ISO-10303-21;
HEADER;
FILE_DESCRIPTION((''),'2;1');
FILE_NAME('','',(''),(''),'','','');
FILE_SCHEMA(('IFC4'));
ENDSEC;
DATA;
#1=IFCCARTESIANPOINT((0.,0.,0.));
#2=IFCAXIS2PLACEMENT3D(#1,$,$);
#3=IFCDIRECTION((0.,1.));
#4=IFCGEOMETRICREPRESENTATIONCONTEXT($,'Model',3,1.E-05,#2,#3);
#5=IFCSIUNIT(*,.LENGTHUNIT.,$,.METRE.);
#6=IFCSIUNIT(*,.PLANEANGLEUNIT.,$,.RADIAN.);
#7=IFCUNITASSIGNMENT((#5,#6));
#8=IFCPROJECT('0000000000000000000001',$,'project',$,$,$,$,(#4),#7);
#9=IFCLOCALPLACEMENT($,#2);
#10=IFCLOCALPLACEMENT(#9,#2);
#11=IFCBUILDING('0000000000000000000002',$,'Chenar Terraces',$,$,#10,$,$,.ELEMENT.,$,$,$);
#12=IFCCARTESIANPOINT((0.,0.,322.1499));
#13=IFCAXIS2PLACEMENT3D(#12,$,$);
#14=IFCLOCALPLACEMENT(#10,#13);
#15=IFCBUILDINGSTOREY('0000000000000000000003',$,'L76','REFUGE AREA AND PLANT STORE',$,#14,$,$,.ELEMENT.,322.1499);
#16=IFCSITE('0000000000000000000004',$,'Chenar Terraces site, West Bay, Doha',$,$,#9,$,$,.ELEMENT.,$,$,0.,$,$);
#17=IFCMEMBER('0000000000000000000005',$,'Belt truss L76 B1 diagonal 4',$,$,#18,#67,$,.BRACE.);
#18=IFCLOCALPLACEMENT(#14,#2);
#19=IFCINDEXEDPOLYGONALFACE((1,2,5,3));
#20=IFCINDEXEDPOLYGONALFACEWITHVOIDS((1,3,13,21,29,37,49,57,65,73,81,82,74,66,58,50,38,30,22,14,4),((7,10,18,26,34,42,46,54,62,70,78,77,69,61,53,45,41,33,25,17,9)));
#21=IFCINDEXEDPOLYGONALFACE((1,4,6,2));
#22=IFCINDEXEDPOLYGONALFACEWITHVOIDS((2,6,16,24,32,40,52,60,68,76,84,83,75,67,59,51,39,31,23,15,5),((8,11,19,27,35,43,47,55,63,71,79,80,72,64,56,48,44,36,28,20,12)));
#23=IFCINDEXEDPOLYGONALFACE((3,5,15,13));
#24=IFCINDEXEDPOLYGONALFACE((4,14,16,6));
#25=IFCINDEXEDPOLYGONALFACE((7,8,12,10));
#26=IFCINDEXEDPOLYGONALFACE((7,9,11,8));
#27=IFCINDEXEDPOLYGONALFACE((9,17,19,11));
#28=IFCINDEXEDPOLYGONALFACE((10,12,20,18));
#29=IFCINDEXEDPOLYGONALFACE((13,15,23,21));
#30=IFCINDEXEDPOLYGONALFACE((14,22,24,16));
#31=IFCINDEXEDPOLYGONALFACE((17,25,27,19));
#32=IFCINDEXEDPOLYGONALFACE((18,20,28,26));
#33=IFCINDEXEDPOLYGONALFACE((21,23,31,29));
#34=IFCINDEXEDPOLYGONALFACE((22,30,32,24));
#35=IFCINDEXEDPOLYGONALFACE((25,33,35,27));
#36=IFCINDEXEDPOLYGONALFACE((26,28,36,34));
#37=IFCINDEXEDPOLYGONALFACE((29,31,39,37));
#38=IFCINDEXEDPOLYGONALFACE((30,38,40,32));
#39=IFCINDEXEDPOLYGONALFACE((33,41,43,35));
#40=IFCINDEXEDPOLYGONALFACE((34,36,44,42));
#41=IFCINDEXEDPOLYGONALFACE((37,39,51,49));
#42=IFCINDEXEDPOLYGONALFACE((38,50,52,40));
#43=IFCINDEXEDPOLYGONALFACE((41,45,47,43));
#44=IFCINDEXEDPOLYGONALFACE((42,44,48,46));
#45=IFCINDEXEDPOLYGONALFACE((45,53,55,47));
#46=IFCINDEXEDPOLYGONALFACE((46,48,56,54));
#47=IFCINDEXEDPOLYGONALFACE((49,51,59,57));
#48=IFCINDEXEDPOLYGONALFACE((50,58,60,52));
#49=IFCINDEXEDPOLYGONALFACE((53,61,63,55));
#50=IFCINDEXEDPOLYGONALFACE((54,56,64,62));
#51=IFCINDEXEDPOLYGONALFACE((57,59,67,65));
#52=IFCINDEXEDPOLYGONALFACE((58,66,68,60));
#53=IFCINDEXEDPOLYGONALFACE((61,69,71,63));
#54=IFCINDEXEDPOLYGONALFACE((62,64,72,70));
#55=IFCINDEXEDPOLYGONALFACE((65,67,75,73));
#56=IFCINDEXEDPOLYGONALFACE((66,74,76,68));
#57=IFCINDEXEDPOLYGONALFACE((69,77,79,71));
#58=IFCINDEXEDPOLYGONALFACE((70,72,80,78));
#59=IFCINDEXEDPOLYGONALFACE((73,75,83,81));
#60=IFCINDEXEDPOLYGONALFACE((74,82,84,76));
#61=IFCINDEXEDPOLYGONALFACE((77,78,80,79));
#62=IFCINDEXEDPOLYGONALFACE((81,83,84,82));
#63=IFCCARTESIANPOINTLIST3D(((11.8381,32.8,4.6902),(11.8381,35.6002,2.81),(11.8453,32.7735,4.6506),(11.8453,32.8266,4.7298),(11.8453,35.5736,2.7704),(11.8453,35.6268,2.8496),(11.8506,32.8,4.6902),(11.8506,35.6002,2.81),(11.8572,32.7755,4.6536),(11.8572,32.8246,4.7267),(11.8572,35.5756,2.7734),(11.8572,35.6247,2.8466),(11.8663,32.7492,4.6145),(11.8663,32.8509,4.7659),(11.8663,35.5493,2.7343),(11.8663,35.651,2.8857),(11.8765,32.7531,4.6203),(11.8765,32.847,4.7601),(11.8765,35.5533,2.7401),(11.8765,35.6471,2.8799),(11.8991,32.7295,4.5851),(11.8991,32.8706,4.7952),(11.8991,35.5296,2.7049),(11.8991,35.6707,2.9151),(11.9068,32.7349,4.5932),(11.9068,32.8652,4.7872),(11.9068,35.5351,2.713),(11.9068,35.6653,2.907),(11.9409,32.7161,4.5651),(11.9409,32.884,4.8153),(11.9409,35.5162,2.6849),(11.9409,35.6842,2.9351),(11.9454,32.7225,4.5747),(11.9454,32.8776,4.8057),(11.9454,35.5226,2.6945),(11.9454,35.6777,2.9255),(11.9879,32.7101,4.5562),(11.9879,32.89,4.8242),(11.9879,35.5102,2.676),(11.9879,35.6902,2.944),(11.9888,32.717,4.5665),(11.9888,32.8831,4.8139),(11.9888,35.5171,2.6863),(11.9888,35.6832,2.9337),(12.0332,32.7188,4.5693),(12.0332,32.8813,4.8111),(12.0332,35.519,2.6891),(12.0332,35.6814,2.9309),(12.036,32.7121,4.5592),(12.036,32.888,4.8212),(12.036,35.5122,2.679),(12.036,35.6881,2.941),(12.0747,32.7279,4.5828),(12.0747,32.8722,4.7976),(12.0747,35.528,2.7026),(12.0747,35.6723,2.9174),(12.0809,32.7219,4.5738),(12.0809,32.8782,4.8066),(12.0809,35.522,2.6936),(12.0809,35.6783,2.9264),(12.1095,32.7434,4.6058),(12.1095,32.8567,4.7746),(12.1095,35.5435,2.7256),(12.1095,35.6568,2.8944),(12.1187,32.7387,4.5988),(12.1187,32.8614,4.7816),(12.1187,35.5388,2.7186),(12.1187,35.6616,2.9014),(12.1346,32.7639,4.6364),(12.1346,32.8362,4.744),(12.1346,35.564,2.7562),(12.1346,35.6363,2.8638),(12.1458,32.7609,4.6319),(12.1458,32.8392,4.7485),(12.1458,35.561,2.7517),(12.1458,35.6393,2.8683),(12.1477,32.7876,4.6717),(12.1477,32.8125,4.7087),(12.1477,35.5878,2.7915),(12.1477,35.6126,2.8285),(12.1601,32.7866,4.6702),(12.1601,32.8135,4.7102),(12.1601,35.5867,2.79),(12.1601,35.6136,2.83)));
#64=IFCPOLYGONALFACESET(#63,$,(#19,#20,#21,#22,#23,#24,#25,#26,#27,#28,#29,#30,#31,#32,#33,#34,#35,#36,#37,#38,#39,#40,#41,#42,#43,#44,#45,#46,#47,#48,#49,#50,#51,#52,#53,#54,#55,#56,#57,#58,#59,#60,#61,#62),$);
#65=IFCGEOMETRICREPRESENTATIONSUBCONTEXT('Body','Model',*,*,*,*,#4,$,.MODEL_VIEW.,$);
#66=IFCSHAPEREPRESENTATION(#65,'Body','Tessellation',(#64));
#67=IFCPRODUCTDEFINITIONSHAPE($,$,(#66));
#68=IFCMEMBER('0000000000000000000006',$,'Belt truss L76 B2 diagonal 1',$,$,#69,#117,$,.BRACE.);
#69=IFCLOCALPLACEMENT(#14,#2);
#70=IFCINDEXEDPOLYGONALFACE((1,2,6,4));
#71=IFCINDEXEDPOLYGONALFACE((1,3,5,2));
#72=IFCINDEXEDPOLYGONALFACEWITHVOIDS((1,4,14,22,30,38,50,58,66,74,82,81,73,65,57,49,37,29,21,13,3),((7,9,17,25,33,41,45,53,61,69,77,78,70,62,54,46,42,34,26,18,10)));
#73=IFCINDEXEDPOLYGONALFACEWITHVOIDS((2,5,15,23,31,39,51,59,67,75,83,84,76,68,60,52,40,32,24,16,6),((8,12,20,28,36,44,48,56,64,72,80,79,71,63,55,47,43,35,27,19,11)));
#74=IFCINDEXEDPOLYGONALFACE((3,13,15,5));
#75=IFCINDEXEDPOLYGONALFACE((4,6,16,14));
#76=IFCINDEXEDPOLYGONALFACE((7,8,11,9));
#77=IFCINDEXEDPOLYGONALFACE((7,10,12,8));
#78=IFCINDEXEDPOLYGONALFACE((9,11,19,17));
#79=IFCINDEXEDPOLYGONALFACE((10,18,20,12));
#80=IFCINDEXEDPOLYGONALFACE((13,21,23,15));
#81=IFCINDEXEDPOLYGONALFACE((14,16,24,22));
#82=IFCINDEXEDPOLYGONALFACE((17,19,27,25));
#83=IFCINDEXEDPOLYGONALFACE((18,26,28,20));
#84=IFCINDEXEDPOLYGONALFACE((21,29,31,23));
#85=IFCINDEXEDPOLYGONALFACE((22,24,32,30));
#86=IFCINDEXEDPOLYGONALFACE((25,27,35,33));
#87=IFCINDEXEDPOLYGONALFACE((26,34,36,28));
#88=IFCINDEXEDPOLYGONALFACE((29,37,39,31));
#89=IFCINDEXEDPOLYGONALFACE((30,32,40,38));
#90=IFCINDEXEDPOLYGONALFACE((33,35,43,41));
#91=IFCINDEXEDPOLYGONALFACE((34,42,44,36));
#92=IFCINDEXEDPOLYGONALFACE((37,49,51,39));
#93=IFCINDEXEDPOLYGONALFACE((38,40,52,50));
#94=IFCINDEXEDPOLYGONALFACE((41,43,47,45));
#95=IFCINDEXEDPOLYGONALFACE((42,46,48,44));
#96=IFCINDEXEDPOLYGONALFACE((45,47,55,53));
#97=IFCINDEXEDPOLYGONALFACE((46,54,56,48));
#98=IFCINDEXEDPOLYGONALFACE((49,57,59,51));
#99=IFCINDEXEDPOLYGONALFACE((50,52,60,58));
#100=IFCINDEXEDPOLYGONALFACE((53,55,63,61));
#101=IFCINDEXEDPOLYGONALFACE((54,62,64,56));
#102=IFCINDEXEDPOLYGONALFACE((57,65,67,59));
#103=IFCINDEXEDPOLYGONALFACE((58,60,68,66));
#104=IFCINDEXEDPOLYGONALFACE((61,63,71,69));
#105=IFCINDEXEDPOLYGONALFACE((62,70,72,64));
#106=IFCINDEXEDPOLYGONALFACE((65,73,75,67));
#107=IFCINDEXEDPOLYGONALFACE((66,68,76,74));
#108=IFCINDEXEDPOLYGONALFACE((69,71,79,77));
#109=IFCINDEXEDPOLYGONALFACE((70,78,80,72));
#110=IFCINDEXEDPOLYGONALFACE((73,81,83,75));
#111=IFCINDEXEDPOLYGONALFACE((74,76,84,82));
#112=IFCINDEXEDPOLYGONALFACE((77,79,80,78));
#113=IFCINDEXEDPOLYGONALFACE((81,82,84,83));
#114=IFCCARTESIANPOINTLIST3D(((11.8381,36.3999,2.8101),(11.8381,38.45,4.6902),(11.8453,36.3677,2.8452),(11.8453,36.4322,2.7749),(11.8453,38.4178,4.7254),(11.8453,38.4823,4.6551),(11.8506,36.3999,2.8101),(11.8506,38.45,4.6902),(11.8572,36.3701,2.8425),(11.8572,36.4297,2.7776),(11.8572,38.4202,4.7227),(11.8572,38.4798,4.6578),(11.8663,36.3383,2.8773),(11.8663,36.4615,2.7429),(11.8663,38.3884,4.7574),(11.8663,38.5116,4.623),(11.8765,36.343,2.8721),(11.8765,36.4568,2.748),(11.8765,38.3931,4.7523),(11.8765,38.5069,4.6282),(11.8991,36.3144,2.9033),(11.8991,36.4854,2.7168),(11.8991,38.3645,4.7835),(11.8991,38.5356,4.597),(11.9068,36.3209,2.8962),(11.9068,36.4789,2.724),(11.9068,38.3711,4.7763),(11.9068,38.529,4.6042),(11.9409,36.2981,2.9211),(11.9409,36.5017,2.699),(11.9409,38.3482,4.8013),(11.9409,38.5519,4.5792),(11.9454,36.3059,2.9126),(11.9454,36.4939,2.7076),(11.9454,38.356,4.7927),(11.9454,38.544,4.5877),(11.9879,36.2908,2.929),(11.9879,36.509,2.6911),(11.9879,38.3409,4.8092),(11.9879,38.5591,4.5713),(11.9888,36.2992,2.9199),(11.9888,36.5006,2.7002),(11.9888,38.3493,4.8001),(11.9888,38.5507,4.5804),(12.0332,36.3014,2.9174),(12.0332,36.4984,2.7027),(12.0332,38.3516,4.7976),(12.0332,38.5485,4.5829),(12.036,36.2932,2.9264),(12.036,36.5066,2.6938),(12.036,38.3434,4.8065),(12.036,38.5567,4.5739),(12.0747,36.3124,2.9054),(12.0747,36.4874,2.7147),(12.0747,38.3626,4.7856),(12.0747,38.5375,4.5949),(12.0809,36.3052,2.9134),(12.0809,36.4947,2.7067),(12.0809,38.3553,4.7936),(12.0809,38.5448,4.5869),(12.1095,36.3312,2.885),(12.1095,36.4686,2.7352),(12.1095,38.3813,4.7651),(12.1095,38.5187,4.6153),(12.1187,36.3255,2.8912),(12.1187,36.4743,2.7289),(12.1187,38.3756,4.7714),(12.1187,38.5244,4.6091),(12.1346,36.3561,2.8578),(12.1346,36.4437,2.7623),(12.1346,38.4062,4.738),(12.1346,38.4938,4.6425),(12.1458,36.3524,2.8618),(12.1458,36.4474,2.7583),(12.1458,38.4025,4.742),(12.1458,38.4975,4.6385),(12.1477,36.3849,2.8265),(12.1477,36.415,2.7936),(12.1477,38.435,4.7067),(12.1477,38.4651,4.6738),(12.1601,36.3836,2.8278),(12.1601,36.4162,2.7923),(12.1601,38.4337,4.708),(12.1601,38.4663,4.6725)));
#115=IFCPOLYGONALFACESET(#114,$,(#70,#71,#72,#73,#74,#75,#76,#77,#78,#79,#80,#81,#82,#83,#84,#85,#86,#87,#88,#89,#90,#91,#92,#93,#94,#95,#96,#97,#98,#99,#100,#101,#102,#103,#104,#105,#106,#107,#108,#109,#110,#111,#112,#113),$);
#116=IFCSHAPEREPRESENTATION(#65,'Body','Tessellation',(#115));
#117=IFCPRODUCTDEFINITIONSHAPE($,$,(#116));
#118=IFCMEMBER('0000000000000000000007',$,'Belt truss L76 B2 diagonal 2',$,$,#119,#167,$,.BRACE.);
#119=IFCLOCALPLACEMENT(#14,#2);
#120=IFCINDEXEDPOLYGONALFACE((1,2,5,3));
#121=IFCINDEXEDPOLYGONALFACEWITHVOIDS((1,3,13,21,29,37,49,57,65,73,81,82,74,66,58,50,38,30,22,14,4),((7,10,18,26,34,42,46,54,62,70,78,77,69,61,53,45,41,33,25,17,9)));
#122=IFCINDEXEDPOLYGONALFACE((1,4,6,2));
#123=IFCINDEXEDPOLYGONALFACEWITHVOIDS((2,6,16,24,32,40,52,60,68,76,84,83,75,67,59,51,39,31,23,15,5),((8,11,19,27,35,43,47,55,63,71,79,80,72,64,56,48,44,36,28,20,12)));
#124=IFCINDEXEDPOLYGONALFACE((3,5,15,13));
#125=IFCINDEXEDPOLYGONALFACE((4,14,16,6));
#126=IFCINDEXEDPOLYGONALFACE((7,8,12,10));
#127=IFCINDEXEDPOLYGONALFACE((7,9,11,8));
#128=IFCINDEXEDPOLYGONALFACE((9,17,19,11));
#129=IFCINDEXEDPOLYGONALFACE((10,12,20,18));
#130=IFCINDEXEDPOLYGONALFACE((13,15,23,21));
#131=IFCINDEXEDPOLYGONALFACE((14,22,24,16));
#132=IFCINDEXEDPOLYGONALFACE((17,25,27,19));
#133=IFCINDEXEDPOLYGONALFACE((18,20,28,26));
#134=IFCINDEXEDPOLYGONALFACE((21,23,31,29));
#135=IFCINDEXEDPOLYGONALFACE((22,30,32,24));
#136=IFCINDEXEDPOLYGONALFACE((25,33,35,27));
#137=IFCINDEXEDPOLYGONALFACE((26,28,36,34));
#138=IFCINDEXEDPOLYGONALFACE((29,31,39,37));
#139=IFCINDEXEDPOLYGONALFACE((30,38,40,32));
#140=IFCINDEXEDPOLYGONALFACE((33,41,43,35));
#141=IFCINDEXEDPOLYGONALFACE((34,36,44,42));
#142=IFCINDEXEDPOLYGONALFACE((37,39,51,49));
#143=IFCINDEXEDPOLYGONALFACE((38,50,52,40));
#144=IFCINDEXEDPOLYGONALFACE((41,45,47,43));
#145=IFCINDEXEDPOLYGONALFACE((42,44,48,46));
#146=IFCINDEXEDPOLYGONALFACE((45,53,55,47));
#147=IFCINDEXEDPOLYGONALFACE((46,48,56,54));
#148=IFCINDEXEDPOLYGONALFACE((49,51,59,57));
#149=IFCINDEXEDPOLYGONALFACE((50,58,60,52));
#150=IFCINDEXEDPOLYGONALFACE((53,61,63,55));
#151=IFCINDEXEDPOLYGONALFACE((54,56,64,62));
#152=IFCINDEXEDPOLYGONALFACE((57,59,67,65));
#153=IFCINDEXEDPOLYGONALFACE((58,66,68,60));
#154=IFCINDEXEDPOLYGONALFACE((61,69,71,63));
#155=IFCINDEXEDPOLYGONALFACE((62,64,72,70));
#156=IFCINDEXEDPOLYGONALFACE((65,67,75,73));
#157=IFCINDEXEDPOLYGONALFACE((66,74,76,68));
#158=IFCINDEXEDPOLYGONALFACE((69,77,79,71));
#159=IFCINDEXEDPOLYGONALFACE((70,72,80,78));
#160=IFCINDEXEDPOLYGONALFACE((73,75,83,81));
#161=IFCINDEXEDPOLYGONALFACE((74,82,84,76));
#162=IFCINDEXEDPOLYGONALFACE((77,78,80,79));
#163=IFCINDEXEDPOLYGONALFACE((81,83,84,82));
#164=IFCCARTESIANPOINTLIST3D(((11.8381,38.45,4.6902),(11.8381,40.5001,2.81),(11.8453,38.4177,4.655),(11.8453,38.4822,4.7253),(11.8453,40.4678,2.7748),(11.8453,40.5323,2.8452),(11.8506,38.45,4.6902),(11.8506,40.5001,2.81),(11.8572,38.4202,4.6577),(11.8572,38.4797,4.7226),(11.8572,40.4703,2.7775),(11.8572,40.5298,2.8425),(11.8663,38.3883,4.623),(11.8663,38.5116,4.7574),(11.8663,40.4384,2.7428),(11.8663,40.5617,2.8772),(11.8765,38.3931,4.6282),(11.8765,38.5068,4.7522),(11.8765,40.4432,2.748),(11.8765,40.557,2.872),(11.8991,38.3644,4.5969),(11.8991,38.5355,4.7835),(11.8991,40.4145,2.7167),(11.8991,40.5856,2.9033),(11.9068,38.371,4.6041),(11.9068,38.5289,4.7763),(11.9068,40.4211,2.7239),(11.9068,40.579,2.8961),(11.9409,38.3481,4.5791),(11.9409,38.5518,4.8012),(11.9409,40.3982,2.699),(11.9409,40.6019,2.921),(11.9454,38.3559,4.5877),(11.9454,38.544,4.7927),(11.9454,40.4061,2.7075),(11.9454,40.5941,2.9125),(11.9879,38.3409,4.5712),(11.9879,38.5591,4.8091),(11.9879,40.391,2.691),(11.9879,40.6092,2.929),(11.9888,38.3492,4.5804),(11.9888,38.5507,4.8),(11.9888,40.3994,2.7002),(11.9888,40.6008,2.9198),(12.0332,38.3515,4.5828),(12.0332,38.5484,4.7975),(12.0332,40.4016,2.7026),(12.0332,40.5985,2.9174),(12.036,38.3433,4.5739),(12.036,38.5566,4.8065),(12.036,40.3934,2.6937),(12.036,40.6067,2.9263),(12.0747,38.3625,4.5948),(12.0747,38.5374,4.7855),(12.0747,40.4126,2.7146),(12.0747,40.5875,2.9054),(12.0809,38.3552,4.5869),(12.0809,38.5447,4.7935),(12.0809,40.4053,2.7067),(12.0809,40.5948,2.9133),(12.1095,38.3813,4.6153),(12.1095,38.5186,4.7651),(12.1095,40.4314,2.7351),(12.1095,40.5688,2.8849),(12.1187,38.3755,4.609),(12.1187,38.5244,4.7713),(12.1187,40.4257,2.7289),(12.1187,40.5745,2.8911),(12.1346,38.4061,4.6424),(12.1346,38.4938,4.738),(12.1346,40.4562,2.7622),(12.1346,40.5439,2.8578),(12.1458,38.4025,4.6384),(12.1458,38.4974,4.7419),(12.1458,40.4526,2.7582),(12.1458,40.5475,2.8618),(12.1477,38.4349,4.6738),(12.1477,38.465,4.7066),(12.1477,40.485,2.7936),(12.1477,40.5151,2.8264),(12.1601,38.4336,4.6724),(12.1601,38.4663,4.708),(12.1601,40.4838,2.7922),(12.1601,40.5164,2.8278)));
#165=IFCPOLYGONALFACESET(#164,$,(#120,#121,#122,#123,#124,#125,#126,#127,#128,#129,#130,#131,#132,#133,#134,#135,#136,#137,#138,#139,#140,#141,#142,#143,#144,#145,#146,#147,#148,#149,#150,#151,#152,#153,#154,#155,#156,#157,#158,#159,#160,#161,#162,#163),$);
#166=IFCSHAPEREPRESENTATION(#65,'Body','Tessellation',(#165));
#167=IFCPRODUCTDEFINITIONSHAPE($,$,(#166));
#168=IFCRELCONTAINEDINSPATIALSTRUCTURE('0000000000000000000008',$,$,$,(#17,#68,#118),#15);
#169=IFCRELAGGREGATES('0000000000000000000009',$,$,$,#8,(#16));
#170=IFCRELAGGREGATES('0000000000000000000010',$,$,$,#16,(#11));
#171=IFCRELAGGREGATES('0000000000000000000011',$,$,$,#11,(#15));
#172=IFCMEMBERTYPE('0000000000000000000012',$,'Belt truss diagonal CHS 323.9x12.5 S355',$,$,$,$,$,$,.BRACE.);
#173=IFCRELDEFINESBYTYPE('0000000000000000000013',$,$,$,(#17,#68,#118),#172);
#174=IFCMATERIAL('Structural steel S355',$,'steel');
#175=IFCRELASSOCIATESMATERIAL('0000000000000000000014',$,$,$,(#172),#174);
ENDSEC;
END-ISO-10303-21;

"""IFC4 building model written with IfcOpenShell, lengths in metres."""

from ifc_helpers import new_model, si_unit, direction, frame, origin, origin_2d, place, context, subcontext, project, spatial, hollow_circle, extrude, material, material_profile, profile_set, type_object, element, save


model = new_model("IFC4")

# Units and contexts
model_context = context("Model", 3, precision=1e-05, world=origin(), true_north=direction((0.0, 1.0)))
body_context = subcontext(model_context, "Body", "Model", "MODEL_VIEW")
ifc_project = project(units=[si_unit("LENGTHUNIT", "METRE"), si_unit("PLANEANGLEUNIT", "RADIAN")], contexts=[model_context])

# Site, building, storey
site_placement = place(None, origin())
site = spatial("IfcSite", under=ifc_project, at=site_placement, Name="Chenar Terraces site, West Bay, Doha", CompositionType="ELEMENT", RefElevation=0.0)
building_placement = place(site_placement, origin())
building = spatial("IfcBuilding", under=site, at=building_placement, Name="Chenar Terraces", CompositionType="ELEMENT")
storey_placement = place(building_placement, frame((0.0, 0.0, 322.1499)))
storey = spatial("IfcBuildingStorey", under=building, at=storey_placement, Name="L76", Description="REFUGE AREA AND PLANT STORE", CompositionType="ELEMENT", Elevation=322.1499)

# Members
ifc_material_1 = material(Name="Structural steel S355", Category="steel")
ifc_material_profile_1 = material_profile(ifc_material_1, hollow_circle(Radius=0.1619, WallThickness=0.0125, at=origin_2d()), Name="CHS 323.9x12.5")
ifc_profile_set_1 = profile_set([ifc_material_profile_1], Name="Structural steel S355")
member_type = type_object("IfcMemberType", Name="Belt truss diagonal CHS 323.9x12.5 S355", PredefinedType="BRACE", material=ifc_profile_set_1)
for number, where, z_axis, x_axis, name in (
    (1, (12.0, 32.8, 4.6902), (0.0, 0.830208, -0.557453), (-1.0, 0.0, 0.0), "Belt truss L76 B1 diagonal 4"),
):
    element("IfcMember", number, at=place(storey_placement, frame(where, z_axis=z_axis, x_axis=x_axis)), inside=storey, type_object=member_type, Name=name, PredefinedType="BRACE", context=body_context, shape_type="SweptSolid", body=[
        extrude(hollow_circle(Radius=0.1619, WallThickness=0.0125, at=origin_2d()), origin(), (0.0, 0.0, 1.0), 3.3728),
    ])
for number, where, z_axis, x_axis, name in (
    (2, (12.0, 36.3999, 2.8101), (0.0, 0.73699, 0.675903), (-1.0, 0.0, 0.0), "Belt truss L76 B2 diagonal 1"),
    (3, (12.0, 38.45, 4.6902), (0.0, 0.73699, -0.675903), (-1.0, 0.0, 0.0), "Belt truss L76 B2 diagonal 2"),
):
    element("IfcMember", number, at=place(storey_placement, frame(where, z_axis=z_axis, x_axis=x_axis)), inside=storey, type_object=member_type, Name=name, PredefinedType="BRACE", context=body_context, shape_type="SweptSolid", body=[
        extrude(hollow_circle(Radius=0.1619, WallThickness=0.0125, at=origin_2d()), origin(), (0.0, 0.0, 1.0), 2.7817),
    ])

save(model, "model.ifc")
